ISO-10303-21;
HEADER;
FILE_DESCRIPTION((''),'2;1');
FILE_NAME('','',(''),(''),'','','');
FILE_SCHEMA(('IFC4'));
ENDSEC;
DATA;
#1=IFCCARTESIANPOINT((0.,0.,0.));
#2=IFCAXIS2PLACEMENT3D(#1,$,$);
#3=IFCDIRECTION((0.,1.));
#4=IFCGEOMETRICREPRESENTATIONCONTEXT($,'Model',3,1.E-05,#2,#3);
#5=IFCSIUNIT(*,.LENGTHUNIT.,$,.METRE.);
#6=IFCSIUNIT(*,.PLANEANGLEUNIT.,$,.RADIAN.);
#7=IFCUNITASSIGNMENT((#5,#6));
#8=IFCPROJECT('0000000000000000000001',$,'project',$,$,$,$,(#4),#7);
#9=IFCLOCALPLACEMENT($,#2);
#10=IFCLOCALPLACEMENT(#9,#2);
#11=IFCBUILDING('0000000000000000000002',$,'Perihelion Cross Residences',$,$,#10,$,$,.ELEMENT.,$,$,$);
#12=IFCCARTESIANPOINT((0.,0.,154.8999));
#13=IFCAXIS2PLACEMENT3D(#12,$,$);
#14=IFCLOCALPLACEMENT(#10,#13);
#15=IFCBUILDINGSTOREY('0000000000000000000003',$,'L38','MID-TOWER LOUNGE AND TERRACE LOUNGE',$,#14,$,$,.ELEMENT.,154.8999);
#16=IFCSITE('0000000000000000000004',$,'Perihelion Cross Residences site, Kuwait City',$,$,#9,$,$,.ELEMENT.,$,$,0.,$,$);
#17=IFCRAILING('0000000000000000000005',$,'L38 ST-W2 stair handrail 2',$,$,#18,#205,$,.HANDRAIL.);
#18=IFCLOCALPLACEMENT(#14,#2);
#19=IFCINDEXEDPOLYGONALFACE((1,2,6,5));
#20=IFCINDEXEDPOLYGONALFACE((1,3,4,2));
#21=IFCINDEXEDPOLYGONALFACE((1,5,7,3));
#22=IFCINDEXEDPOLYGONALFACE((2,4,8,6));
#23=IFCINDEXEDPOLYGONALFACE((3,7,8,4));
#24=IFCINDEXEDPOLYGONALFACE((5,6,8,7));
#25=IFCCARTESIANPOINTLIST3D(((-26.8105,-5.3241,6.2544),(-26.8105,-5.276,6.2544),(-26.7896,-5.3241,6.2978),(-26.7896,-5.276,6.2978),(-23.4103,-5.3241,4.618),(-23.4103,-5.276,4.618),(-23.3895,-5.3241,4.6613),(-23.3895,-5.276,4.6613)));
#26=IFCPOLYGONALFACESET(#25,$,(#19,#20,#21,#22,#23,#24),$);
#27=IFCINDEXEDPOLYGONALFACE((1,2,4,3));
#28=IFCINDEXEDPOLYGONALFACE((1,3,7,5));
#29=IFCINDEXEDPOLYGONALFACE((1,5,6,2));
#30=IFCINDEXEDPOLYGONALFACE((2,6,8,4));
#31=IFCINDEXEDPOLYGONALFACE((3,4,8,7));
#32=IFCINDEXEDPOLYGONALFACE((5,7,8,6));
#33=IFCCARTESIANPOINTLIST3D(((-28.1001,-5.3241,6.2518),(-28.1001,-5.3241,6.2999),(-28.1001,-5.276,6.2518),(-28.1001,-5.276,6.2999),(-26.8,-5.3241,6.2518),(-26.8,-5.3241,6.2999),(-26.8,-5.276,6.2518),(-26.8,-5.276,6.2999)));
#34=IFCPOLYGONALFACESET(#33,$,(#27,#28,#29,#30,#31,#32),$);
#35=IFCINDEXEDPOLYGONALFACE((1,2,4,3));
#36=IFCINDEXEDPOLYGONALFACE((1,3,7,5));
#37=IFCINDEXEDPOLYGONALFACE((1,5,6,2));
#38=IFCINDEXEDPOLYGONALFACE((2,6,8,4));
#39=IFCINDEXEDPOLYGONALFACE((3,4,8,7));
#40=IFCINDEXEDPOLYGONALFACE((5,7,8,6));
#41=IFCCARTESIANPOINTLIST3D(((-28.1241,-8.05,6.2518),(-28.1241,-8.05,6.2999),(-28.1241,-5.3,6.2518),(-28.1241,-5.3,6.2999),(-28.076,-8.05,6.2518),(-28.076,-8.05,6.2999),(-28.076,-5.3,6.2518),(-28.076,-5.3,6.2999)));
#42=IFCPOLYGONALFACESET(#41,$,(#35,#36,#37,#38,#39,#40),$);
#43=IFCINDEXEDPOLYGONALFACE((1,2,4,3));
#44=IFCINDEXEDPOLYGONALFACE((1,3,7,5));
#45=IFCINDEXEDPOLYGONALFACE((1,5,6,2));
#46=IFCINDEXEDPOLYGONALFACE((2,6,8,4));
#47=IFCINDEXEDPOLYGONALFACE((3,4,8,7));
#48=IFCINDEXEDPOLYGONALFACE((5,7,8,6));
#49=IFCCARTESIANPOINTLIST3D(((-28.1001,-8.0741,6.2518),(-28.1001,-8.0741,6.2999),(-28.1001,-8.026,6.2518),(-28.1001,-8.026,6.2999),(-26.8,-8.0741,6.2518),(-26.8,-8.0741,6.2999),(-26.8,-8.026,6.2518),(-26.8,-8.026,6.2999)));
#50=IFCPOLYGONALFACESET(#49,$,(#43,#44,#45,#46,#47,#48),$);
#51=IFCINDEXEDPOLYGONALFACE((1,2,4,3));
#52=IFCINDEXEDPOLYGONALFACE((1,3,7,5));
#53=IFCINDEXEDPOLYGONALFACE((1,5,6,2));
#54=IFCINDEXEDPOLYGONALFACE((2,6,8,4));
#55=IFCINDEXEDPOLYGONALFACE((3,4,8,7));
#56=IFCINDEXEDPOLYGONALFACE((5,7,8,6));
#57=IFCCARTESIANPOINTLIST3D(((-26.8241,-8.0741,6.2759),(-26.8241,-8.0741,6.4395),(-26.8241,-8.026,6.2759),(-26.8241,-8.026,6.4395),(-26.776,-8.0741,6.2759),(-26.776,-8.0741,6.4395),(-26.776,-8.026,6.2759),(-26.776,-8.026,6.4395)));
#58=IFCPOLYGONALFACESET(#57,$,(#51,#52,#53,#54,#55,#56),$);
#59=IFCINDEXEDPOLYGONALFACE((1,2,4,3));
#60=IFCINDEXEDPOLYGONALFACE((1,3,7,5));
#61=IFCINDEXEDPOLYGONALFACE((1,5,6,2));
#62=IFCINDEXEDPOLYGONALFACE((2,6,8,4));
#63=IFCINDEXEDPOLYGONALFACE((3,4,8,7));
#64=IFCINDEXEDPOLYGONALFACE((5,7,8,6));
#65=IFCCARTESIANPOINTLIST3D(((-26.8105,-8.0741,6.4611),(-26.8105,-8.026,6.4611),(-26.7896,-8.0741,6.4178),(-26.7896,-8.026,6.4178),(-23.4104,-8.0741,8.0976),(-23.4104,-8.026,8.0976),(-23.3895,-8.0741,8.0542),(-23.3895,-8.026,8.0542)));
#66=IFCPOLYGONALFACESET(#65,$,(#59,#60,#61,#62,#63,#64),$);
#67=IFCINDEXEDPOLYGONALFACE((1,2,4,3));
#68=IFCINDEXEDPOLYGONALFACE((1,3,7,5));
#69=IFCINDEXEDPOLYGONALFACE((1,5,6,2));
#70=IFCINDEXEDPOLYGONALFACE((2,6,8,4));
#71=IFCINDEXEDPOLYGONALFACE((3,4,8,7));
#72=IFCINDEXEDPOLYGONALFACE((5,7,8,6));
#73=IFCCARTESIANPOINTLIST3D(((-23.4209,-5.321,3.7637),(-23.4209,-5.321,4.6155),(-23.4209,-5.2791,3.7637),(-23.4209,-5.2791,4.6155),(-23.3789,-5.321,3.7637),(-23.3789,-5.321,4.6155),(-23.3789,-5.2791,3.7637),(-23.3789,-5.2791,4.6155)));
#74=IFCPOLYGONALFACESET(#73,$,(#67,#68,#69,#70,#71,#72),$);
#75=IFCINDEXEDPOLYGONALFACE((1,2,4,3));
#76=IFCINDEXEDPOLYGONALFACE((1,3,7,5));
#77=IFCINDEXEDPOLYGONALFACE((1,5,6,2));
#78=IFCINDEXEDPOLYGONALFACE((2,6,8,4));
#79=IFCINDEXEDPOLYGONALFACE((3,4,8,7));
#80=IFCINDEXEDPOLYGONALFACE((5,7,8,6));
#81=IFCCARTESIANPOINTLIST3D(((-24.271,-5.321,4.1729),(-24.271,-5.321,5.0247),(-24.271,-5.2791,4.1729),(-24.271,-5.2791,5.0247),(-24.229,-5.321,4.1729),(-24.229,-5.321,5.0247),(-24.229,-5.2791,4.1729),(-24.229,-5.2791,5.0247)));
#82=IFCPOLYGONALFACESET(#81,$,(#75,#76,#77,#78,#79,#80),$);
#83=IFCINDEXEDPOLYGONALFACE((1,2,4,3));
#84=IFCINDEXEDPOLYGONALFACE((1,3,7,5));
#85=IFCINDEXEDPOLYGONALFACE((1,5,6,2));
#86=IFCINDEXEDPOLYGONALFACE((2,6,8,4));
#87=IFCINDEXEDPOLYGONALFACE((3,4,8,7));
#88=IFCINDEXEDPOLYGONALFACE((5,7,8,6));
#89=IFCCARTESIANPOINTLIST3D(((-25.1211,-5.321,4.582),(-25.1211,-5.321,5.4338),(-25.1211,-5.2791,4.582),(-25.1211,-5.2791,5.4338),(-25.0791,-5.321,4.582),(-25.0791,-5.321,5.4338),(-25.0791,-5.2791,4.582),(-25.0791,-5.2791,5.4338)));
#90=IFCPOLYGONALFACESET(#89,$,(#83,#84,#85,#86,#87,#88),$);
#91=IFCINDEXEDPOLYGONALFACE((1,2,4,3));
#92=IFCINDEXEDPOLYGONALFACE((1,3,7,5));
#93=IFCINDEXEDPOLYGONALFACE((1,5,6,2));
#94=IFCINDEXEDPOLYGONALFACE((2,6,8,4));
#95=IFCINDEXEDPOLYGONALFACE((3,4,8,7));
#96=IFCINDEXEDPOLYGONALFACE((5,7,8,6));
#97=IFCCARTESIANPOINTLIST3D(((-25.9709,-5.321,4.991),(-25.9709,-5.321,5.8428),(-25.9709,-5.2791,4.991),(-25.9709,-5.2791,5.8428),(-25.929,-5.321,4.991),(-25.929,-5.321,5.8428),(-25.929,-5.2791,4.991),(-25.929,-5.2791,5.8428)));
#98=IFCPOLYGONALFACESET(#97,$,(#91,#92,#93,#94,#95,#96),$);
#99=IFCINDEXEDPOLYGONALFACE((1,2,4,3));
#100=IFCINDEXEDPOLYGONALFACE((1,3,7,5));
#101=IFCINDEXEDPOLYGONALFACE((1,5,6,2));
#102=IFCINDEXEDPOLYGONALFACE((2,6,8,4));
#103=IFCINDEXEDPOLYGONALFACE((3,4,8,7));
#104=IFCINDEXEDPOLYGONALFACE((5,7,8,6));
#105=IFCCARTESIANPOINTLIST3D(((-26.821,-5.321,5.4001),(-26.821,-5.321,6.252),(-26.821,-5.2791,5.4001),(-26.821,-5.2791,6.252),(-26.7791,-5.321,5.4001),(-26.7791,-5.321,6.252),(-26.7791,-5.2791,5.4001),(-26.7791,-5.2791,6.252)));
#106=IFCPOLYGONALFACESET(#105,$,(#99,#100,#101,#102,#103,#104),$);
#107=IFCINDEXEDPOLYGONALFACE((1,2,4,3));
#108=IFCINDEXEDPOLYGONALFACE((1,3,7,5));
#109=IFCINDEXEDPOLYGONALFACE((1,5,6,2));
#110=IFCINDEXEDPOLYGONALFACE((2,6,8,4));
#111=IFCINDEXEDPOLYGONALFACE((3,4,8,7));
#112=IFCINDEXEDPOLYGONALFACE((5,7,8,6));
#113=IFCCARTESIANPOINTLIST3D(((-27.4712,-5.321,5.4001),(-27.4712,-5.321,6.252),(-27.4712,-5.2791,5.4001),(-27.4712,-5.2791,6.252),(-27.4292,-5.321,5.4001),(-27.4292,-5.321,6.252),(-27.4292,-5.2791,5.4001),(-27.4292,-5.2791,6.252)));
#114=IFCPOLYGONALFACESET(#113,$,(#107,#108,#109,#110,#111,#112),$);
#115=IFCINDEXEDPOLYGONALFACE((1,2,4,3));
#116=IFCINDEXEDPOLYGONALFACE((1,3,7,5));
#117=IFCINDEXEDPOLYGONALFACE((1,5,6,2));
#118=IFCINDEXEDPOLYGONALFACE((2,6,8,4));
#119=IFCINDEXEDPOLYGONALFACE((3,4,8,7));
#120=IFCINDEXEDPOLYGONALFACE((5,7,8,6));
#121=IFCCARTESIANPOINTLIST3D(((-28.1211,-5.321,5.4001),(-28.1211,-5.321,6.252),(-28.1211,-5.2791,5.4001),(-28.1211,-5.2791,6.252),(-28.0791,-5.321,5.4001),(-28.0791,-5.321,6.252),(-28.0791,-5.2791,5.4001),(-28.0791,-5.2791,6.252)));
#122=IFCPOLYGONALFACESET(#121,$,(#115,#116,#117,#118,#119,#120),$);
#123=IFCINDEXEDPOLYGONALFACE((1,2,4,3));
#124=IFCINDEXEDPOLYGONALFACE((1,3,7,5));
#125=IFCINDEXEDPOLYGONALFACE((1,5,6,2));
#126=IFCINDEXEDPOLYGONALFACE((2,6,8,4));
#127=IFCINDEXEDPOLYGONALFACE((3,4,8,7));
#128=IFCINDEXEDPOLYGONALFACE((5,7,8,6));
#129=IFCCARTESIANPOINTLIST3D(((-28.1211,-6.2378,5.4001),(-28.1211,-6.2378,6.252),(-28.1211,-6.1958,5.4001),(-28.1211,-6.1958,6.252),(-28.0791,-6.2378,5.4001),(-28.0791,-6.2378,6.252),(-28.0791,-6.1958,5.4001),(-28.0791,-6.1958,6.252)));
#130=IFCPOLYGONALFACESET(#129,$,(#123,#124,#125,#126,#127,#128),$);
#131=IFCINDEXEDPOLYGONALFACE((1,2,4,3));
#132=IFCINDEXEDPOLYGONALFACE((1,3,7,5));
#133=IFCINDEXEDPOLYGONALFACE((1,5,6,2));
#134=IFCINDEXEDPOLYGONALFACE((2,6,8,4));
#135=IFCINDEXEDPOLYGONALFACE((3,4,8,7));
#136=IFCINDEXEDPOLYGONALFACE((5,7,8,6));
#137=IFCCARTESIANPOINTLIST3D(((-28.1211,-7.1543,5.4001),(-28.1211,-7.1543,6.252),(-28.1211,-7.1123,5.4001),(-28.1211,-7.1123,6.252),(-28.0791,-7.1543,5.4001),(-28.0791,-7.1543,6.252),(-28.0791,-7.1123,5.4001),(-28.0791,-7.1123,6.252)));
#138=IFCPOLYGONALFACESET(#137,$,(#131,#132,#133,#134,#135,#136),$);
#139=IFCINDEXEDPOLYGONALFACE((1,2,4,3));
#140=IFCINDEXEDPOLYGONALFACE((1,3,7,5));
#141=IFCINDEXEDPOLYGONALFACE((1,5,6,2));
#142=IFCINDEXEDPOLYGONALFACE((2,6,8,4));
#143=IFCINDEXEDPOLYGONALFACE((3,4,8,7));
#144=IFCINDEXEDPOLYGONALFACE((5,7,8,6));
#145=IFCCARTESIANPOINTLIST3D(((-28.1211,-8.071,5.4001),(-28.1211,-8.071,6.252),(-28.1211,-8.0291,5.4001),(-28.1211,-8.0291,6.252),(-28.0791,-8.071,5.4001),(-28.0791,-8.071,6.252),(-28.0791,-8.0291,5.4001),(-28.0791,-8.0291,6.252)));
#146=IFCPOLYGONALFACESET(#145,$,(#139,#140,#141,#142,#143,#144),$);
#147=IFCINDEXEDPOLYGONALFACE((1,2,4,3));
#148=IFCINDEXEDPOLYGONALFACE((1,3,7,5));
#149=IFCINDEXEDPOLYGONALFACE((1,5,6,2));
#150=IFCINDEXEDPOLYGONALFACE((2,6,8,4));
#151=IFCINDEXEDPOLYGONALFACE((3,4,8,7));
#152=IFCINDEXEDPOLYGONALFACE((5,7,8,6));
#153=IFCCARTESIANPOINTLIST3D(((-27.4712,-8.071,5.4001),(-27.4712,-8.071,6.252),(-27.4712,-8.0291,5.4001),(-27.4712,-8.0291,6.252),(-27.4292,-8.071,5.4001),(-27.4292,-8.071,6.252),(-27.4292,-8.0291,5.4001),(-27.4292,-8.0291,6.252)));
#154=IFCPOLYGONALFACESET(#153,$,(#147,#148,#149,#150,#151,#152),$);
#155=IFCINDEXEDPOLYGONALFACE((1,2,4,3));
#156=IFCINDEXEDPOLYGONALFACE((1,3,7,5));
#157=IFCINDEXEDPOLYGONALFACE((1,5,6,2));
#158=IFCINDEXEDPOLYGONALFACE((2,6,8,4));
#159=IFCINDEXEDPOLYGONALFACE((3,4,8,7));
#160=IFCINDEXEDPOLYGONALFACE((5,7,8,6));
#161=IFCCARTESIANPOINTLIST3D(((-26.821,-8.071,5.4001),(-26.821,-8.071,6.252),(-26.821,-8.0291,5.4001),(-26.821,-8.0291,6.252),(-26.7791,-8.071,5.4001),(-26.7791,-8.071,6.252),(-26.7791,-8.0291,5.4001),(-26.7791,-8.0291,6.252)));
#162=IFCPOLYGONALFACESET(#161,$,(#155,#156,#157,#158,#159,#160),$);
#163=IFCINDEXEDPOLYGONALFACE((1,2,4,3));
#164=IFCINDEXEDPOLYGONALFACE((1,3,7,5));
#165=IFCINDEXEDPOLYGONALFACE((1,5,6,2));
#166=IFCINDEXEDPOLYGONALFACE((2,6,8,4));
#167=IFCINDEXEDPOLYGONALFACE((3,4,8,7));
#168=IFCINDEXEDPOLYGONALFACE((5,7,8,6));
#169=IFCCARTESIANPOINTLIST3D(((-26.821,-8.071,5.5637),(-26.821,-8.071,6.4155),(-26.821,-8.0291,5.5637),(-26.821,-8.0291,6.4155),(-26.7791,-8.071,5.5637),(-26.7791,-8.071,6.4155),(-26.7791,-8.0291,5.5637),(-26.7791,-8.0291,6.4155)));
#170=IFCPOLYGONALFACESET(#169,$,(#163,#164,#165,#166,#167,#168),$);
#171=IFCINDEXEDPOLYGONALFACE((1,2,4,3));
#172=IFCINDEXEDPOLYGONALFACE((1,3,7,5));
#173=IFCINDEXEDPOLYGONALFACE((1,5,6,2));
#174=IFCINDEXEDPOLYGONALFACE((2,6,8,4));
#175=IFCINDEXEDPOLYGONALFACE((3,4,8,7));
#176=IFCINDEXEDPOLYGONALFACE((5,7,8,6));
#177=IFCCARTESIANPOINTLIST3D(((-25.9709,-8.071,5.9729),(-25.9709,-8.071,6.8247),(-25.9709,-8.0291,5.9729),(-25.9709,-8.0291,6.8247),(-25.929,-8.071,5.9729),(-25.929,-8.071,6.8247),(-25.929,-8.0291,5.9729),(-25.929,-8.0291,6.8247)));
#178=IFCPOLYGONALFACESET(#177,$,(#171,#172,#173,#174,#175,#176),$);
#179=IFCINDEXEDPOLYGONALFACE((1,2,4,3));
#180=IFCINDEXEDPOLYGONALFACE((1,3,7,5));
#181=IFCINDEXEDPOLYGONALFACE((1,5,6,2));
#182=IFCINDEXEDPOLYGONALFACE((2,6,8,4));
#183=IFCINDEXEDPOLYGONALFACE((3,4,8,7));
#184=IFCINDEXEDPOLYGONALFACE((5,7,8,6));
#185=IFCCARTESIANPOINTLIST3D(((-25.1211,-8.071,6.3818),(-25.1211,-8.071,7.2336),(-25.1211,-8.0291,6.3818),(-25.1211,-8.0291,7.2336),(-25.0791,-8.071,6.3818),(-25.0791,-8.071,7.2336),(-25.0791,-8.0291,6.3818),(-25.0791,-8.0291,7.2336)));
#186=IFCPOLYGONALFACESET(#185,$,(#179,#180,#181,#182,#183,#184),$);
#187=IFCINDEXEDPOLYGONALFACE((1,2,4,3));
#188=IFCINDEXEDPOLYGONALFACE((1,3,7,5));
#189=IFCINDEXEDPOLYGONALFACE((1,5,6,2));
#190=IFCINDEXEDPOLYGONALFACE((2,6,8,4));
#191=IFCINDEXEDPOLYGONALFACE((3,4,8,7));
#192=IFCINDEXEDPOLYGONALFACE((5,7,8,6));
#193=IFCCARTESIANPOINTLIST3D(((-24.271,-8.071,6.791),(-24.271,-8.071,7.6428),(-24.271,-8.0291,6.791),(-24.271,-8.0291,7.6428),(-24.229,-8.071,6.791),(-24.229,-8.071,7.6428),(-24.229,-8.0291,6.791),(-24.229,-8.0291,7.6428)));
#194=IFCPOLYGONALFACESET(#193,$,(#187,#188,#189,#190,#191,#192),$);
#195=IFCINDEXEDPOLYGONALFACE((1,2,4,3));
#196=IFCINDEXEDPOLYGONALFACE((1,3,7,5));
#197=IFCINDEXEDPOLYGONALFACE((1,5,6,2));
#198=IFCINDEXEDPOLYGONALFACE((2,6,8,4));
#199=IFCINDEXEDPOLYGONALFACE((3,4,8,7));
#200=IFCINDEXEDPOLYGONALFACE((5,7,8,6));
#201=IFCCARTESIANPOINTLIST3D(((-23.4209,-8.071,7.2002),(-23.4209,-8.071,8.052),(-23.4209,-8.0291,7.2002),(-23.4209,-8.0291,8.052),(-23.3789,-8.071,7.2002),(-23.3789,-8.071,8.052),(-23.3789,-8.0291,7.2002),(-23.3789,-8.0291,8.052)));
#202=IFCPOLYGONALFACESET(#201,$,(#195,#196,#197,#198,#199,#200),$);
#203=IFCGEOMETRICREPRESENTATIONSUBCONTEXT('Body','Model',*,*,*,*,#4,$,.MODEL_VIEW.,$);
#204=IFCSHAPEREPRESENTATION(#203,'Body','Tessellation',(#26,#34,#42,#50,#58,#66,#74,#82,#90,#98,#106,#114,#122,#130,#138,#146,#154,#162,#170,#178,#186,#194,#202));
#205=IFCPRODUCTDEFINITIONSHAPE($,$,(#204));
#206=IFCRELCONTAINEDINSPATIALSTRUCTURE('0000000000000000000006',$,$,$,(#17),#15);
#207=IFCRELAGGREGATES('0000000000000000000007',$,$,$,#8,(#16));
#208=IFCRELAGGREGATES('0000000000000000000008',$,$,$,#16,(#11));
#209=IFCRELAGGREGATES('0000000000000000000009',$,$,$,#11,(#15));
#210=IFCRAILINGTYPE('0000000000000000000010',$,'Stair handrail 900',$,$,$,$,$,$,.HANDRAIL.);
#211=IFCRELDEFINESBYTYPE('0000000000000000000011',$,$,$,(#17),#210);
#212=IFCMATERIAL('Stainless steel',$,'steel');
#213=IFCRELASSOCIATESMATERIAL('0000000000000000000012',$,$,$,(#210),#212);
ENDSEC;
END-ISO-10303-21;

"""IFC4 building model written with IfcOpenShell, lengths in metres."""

from ifc_helpers import new_model, si_unit, direction, frame, origin, origin_2d, place, context, subcontext, project, spatial, rectangle, extrude, material, type_object, element, save


model = new_model("IFC4")

# Units and contexts
model_context = context("Model", 3, precision=1e-05, world=origin(), true_north=direction((0.0, 1.0)))
body_context = subcontext(model_context, "Body", "Model", "MODEL_VIEW")
ifc_project = project(units=[si_unit("LENGTHUNIT", "METRE"), si_unit("PLANEANGLEUNIT", "RADIAN")], contexts=[model_context])

# Site, building, storey
site_placement = place(None, origin())
site = spatial("IfcSite", under=ifc_project, at=site_placement, Name="Perihelion Cross Residences site, Kuwait City", CompositionType="ELEMENT", RefElevation=0.0)
building_placement = place(site_placement, origin())
building = spatial("IfcBuilding", under=site, at=building_placement, Name="Perihelion Cross Residences", CompositionType="ELEMENT")
storey_placement = place(building_placement, frame((0.0, 0.0, 154.8999)))
storey = spatial("IfcBuildingStorey", under=building, at=storey_placement, Name="L38", Description="MID-TOWER LOUNGE AND TERRACE LOUNGE", CompositionType="ELEMENT", Elevation=154.8999)

# Railing
ifc_material_1 = material(Name="Stainless steel", Category="steel")
railing_type_1 = type_object("IfcRailingType", Name="Stair handrail 900", PredefinedType="HANDRAIL", material=ifc_material_1)
railing_1_placement = place(storey_placement, frame((-23.3999, -5.3, 3.7637)))
element("IfcRailing", 1, at=railing_1_placement, inside=storey, type_object=railing_type_1, Name="L38 ST-W2 stair handrail 2", PredefinedType="HANDRAIL", context=body_context, shape_type="SweptSolid", body=[
    extrude(rectangle(XDim=0.0481, YDim=0.0481, at=origin_2d()), frame((0.0, 0.0, 0.876), z_axis=(-0.901067, 0.0, 0.433679), x_axis=(0.0, -1.0, 0.0)), (0.0, 0.0, 1.0), 3.7734),
    extrude(rectangle(XDim=0.0481, YDim=0.0481, at=origin_2d()), frame((-3.4001, 0.0, 2.5122), z_axis=(-1.0, 0.0, 0.0), x_axis=(0.0, -1.0, 0.0)), (0.0, 0.0, 1.0), 1.3),
    extrude(rectangle(XDim=0.0481, YDim=0.0481, at=origin_2d()), frame((-4.7002, 0.0, 2.5122), z_axis=(0.0, -1.0, 0.0), x_axis=(1.0, 0.0, 0.0)), (0.0, 0.0, 1.0), 2.75),
    extrude(rectangle(XDim=0.0481, YDim=0.0481, at=origin_2d()), frame((-4.7002, -2.75, 2.5122), z_axis=(1.0, 0.0, 0.0), x_axis=(0.0, 1.0, 0.0)), (0.0, 0.0, 1.0), 1.3),
    extrude(rectangle(XDim=0.0481, YDim=0.0481, at=origin_2d()), frame((-3.4001, -2.75, 2.5122), z_axis=(0.0, 0.0, 1.0), x_axis=(1.0, 0.0, 0.0)), (0.0, 0.0, 1.0), 0.1636),
    extrude(rectangle(XDim=0.0481, YDim=0.0481, at=origin_2d()), frame((-3.4001, -2.75, 2.6758), z_axis=(0.901067, 0.0, 0.433679), x_axis=(0.0, 1.0, 0.0)), (0.0, 0.0, 1.0), 3.7734),
    extrude(rectangle(XDim=0.042, YDim=0.042, at=origin_2d()), origin(), (0.0, 0.0, 1.0), 0.8518),
    extrude(rectangle(XDim=0.042, YDim=0.042, at=origin_2d()), frame((-0.8501, 0.0, 0.4092)), (0.0, 0.0, 1.0), 0.8518),
    extrude(rectangle(XDim=0.042, YDim=0.042, at=origin_2d()), frame((-1.7002, 0.0, 0.8184)), (0.0, 0.0, 1.0), 0.8518),
    extrude(rectangle(XDim=0.042, YDim=0.042, at=origin_2d()), frame((-2.55, 0.0, 1.2273)), (0.0, 0.0, 1.0), 0.8518),
    extrude(rectangle(XDim=0.042, YDim=0.042, at=origin_2d()), frame((-3.4001, 0.0, 1.6365)), (0.0, 0.0, 1.0), 0.8518),
    extrude(rectangle(XDim=0.042, YDim=0.042, at=origin_2d()), frame((-4.0503, 0.0, 1.6365)), (0.0, 0.0, 1.0), 0.8518),
    extrude(rectangle(XDim=0.042, YDim=0.042, at=origin_2d()), frame((-4.7002, 0.0, 1.6365)), (0.0, 0.0, 1.0), 0.8518),
    extrude(rectangle(XDim=0.042, YDim=0.042, at=origin_2d()), frame((-4.7002, -0.9167, 1.6365)), (0.0, 0.0, 1.0), 0.8518),
    extrude(rectangle(XDim=0.042, YDim=0.042, at=origin_2d()), frame((-4.7002, -1.8333, 1.6365)), (0.0, 0.0, 1.0), 0.8518),
    extrude(rectangle(XDim=0.042, YDim=0.042, at=origin_2d()), frame((-4.7002, -2.75, 1.6365)), (0.0, 0.0, 1.0), 0.8518),
    extrude(rectangle(XDim=0.042, YDim=0.042, at=origin_2d()), frame((-4.0503, -2.75, 1.6365)), (0.0, 0.0, 1.0), 0.8518),
    extrude(rectangle(XDim=0.042, YDim=0.042, at=origin_2d()), frame((-3.4001, -2.75, 1.6365)), (0.0, 0.0, 1.0), 0.8518),
    extrude(rectangle(XDim=0.042, YDim=0.042, at=origin_2d()), frame((-3.4001, -2.75, 1.8)), (0.0, 0.0, 1.0), 0.8518),
    extrude(rectangle(XDim=0.042, YDim=0.042, at=origin_2d()), frame((-2.55, -2.75, 2.2092)), (0.0, 0.0, 1.0), 0.8518),
    extrude(rectangle(XDim=0.042, YDim=0.042, at=origin_2d()), frame((-1.7002, -2.75, 2.6182)), (0.0, 0.0, 1.0), 0.8518),
    extrude(rectangle(XDim=0.042, YDim=0.042, at=origin_2d()), frame((-0.8501, -2.75, 3.0273)), (0.0, 0.0, 1.0), 0.8518),
    extrude(rectangle(XDim=0.042, YDim=0.042, at=origin_2d()), frame((0.0, -2.75, 3.4365)), (0.0, 0.0, 1.0), 0.8518),
])

save(model, "model.ifc")
